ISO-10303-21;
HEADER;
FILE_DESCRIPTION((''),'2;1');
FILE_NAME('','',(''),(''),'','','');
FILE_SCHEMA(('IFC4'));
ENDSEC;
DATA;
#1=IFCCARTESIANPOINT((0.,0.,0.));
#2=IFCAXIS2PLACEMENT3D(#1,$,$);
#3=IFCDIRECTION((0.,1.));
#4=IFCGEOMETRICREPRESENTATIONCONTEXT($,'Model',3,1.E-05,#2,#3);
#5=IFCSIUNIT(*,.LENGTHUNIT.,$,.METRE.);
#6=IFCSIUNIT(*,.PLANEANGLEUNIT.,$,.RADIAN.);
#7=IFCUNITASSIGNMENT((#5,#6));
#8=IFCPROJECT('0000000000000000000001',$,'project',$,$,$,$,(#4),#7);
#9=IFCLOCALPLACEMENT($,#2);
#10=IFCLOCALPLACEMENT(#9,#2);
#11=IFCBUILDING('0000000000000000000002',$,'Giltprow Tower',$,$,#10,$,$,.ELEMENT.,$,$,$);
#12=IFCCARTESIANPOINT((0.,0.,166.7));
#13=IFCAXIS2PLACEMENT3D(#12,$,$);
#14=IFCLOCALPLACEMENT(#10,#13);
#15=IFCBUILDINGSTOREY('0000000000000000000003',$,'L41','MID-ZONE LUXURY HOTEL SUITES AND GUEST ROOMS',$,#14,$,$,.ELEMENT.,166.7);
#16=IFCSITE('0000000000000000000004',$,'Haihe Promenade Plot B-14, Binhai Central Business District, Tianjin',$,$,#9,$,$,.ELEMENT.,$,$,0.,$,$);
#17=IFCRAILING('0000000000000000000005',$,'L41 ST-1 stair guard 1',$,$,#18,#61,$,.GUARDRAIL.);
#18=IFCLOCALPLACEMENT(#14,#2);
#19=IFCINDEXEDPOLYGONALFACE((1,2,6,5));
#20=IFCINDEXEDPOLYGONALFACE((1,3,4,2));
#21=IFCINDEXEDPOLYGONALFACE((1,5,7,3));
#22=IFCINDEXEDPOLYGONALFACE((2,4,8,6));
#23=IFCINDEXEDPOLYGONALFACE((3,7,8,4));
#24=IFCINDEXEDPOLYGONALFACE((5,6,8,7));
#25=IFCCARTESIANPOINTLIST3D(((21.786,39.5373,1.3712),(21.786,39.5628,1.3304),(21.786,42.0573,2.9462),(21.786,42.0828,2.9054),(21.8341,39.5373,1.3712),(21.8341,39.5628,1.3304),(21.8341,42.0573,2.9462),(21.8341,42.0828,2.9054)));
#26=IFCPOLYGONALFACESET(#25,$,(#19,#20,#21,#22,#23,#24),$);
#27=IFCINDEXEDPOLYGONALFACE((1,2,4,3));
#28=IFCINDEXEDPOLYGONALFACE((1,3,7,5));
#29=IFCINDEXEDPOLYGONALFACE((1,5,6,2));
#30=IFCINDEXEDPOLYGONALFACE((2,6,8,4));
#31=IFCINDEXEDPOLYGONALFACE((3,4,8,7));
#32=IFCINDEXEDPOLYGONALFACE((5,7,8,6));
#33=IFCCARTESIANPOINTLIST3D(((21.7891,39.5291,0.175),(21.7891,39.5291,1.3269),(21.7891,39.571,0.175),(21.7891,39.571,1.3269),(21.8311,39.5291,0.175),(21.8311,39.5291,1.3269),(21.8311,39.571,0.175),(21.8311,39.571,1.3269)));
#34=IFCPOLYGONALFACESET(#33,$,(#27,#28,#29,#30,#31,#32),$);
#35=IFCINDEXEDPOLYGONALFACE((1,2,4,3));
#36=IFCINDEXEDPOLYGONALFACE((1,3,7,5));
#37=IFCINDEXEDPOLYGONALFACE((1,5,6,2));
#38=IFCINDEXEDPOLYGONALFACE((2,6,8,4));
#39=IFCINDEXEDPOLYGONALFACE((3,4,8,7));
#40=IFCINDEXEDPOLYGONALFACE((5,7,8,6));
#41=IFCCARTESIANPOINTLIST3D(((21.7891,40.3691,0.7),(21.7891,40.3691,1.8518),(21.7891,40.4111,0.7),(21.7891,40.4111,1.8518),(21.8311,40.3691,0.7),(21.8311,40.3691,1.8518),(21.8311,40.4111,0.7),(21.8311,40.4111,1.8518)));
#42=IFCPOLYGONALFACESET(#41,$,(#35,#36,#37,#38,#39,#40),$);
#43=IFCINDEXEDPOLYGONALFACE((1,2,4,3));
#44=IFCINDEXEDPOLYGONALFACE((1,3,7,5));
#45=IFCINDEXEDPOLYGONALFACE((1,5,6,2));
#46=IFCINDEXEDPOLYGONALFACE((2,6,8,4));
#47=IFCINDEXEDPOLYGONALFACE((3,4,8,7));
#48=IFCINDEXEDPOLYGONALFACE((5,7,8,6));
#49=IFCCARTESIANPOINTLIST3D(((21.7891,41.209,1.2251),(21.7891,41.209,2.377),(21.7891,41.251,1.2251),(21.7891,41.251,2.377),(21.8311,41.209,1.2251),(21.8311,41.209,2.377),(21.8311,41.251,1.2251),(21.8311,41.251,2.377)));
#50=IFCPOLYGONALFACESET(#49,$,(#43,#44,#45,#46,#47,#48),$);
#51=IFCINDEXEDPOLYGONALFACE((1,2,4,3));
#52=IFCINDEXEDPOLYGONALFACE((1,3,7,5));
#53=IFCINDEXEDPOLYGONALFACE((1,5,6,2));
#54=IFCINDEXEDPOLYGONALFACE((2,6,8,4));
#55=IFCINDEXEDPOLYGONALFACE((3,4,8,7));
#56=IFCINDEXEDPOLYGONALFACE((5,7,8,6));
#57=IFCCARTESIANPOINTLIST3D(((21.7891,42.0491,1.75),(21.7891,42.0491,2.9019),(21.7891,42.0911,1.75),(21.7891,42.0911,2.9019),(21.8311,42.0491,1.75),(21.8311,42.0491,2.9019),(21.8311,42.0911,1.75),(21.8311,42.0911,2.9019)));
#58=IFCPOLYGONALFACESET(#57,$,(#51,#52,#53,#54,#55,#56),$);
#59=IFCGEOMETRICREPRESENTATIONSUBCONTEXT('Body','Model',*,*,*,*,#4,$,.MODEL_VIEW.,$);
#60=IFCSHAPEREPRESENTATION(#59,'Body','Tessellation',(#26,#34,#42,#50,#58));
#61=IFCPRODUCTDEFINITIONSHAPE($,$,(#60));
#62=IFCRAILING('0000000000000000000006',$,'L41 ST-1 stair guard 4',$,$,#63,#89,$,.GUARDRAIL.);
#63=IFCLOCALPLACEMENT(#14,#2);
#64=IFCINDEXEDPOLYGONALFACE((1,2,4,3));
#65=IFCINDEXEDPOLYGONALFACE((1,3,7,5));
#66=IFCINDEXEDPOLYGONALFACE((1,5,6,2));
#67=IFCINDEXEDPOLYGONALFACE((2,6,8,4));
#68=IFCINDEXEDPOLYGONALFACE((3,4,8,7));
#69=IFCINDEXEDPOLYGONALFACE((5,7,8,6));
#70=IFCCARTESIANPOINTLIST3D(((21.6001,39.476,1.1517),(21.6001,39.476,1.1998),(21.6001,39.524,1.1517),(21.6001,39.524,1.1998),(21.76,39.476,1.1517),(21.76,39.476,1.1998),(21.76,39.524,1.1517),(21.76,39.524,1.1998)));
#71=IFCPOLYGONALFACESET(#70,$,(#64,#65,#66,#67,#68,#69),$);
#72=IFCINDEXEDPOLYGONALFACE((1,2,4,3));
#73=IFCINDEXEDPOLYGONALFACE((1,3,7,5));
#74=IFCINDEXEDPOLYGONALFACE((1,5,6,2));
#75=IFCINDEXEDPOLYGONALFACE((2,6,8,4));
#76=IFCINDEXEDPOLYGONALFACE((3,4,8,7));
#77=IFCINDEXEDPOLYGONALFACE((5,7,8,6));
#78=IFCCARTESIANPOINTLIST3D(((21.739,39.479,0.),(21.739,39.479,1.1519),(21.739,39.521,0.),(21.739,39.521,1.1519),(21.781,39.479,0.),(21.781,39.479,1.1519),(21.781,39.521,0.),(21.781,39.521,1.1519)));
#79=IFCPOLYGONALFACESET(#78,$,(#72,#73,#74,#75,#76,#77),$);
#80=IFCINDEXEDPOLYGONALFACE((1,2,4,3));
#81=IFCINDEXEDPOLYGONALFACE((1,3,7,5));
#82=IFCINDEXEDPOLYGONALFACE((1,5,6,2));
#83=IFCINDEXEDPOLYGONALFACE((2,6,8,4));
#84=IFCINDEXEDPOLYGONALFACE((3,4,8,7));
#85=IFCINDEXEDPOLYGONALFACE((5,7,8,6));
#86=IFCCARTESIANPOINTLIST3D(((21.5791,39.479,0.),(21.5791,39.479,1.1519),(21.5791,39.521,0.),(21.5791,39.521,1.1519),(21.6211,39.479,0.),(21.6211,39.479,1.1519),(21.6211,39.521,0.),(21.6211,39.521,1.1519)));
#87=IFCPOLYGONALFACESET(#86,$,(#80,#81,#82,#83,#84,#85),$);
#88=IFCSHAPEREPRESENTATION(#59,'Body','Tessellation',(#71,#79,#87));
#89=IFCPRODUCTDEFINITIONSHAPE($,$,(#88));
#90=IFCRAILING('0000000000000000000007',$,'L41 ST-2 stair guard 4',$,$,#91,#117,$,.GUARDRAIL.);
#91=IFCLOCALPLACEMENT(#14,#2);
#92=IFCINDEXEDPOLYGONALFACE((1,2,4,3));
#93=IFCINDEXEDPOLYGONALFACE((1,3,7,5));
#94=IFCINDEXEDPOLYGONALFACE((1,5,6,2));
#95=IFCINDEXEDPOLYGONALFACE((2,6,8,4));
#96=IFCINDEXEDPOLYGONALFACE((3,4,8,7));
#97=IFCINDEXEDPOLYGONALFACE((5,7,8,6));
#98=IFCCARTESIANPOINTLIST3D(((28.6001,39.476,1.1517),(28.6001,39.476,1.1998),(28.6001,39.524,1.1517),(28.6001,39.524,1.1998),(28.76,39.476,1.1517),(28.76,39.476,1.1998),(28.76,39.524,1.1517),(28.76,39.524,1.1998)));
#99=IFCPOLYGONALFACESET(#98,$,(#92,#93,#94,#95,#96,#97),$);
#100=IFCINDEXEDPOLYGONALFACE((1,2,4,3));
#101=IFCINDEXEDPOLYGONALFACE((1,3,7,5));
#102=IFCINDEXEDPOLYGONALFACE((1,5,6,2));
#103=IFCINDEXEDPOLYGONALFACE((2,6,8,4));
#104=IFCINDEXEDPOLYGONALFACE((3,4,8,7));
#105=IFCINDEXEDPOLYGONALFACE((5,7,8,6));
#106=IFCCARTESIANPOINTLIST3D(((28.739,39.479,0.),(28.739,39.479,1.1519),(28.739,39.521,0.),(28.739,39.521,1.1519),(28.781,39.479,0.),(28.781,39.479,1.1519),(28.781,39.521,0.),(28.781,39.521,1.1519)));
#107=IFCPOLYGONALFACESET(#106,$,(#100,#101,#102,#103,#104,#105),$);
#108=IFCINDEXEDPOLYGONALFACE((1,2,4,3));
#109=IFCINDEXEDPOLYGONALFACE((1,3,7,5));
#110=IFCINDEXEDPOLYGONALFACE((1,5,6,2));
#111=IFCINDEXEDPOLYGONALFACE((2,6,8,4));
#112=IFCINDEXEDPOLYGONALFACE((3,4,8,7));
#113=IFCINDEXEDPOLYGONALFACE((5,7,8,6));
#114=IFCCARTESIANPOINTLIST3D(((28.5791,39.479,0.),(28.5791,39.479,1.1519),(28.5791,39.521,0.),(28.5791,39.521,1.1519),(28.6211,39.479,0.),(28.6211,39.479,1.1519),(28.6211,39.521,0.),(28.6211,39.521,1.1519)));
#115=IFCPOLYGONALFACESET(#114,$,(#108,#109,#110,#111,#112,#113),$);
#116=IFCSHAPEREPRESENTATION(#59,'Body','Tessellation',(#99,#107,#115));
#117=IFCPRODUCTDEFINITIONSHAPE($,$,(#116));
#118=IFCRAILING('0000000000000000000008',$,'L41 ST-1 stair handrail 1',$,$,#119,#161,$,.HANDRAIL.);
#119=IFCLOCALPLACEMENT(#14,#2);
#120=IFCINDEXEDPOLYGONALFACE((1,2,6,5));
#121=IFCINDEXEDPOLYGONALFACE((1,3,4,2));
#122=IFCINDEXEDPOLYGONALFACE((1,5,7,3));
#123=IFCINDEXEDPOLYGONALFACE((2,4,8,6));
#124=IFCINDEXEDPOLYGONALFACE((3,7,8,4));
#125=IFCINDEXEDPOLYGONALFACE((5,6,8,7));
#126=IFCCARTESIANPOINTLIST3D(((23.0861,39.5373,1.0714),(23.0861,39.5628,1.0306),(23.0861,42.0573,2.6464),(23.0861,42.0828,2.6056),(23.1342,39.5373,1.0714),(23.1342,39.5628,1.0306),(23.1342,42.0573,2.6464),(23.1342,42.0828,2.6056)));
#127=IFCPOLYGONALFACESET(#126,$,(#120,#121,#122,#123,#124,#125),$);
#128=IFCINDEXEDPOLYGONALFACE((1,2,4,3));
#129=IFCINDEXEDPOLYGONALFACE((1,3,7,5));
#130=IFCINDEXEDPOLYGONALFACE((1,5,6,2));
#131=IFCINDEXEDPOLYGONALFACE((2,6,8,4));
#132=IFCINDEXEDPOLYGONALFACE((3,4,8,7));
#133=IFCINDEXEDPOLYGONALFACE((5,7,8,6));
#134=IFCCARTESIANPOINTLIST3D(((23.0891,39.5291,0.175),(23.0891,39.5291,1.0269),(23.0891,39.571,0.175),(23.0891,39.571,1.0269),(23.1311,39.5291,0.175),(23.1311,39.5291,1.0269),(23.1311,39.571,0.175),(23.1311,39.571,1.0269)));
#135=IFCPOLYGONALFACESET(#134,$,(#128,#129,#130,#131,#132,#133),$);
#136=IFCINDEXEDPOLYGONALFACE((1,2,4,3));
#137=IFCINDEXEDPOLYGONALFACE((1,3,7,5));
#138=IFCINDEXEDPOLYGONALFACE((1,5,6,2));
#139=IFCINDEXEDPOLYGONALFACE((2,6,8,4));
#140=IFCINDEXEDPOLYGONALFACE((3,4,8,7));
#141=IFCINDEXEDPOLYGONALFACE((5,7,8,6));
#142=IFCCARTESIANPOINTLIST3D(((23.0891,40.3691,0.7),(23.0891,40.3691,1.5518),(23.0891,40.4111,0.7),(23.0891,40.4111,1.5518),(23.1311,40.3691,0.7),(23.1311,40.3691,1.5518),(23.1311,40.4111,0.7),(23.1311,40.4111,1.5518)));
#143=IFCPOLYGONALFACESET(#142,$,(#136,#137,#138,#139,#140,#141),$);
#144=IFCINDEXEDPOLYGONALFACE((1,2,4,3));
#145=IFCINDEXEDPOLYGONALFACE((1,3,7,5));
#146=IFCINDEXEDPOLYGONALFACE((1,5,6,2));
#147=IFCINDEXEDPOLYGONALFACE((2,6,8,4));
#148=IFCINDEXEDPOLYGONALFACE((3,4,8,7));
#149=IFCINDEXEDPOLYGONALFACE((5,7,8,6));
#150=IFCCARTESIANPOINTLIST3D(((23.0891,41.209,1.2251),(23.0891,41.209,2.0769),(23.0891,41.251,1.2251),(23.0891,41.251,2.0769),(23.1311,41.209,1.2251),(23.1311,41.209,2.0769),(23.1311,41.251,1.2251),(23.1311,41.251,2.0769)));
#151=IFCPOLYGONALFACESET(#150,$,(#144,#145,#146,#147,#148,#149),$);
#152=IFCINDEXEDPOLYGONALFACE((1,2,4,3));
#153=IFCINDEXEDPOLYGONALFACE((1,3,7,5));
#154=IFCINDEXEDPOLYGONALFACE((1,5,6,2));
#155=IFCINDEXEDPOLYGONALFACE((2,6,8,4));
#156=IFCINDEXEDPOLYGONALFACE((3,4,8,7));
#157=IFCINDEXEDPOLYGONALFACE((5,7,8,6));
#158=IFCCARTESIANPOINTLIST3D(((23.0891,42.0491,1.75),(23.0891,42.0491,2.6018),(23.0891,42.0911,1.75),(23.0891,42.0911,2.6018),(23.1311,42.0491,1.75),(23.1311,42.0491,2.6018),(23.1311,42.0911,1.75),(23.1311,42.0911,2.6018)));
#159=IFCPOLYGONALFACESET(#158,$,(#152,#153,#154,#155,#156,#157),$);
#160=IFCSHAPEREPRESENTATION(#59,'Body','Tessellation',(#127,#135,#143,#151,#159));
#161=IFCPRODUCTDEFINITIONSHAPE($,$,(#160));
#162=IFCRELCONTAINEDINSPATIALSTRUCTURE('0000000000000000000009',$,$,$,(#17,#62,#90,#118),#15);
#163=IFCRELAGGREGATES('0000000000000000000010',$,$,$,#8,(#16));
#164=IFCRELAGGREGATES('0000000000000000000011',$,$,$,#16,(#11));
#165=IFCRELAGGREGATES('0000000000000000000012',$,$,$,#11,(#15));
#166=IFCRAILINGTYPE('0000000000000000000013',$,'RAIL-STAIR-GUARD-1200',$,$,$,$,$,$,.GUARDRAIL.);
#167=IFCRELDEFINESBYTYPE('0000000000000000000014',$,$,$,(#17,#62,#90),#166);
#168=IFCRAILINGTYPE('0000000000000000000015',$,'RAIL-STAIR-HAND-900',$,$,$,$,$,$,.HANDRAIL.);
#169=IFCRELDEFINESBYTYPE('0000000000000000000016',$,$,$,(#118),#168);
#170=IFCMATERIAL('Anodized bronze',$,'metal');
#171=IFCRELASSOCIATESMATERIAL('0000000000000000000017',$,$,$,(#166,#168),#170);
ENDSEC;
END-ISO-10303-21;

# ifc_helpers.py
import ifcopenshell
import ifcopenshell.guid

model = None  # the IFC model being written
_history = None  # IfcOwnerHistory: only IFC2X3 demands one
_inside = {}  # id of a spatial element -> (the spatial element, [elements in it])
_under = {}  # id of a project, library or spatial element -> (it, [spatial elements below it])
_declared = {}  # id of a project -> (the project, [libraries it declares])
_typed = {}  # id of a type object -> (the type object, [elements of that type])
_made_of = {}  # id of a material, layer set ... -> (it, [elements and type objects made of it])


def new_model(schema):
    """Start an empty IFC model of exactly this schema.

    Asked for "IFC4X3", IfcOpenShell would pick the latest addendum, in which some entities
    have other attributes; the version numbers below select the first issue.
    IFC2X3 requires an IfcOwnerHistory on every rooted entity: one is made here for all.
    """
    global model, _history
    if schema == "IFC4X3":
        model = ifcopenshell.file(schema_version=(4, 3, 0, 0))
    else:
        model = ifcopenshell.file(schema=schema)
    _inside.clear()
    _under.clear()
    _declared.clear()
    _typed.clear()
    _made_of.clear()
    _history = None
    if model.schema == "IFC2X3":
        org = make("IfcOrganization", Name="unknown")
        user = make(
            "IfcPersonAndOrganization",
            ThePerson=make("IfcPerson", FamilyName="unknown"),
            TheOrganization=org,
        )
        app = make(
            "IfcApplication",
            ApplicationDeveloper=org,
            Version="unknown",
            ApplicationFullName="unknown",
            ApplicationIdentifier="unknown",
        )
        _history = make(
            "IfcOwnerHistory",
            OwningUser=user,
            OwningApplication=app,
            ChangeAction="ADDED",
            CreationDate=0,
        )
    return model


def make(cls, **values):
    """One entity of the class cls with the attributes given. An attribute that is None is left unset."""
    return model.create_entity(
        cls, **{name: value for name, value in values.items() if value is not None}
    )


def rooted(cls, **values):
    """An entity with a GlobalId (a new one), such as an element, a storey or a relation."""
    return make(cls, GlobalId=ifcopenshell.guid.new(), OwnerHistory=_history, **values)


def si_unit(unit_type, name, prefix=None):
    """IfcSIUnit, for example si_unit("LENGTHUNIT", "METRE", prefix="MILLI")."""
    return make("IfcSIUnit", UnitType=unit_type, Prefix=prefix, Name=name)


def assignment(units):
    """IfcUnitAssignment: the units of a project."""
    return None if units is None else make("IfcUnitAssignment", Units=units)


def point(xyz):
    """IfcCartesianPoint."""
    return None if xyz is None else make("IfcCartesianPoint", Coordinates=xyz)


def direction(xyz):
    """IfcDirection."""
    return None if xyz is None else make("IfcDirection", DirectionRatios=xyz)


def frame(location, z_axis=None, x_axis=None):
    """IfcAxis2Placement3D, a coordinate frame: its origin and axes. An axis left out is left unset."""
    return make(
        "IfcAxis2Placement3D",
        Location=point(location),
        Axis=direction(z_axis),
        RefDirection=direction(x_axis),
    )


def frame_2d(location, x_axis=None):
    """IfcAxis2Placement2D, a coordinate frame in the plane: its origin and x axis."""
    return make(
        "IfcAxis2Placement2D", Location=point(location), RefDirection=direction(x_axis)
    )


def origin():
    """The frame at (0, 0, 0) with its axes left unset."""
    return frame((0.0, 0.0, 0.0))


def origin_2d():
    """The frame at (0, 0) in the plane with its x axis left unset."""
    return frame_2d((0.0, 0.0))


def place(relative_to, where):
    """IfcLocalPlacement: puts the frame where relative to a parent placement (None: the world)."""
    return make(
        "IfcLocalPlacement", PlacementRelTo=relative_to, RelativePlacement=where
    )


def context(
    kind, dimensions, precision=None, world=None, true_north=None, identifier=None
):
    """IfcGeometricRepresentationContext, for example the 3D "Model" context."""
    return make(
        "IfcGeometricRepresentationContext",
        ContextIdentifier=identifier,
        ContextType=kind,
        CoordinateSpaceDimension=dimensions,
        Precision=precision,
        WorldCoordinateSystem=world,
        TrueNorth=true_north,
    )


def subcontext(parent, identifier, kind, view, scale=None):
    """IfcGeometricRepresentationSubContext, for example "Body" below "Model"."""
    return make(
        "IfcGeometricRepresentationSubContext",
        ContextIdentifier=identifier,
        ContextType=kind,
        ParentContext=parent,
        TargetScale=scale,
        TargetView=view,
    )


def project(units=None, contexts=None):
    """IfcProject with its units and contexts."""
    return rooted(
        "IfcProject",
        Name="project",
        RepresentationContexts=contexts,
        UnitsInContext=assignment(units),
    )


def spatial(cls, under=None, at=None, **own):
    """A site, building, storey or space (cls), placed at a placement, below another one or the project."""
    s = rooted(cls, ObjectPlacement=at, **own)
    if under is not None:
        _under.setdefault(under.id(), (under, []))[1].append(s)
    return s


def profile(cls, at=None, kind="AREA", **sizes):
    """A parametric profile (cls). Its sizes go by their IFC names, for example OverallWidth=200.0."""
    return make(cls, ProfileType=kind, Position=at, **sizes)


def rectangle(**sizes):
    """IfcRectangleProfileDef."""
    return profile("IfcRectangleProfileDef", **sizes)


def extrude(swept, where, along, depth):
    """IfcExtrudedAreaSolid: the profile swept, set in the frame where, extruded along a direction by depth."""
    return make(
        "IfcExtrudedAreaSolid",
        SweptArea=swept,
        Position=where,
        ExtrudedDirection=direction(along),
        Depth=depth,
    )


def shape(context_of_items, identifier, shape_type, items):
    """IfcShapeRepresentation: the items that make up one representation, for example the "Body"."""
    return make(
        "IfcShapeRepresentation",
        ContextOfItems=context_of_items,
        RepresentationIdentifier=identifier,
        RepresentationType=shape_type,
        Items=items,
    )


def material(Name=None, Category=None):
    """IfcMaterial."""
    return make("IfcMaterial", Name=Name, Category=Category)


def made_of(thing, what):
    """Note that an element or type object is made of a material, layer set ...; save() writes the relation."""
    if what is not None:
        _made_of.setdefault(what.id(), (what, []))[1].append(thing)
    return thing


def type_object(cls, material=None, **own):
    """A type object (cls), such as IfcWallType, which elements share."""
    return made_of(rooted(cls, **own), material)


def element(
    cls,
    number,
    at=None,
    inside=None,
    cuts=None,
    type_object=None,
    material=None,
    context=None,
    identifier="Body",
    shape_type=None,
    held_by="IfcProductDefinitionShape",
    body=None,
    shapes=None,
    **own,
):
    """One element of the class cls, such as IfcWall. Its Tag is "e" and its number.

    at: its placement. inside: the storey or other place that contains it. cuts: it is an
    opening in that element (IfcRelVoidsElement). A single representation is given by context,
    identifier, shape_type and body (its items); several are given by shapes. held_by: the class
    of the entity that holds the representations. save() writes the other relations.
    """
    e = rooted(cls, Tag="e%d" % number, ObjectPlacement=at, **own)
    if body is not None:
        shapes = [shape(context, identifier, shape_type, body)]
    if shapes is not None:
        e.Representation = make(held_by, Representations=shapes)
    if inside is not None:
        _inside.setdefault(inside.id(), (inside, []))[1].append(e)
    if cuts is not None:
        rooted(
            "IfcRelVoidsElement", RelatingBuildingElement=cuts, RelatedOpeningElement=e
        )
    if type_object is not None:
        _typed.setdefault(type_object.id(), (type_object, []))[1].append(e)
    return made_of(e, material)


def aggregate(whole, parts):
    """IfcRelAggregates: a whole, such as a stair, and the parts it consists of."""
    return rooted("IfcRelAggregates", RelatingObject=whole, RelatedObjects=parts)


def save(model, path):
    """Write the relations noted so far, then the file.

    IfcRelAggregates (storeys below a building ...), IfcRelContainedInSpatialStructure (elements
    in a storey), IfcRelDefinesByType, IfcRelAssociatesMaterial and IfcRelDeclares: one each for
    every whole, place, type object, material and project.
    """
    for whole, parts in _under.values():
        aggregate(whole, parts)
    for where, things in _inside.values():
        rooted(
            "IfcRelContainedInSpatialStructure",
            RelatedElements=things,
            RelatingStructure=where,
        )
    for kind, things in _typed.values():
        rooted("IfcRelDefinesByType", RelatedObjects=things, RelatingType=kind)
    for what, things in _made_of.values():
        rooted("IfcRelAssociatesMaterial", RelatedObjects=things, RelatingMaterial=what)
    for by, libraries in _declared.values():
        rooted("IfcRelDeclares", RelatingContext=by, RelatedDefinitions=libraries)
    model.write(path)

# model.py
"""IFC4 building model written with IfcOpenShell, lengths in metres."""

from ifc_helpers import new_model, si_unit, direction, frame, origin, origin_2d, place, context, subcontext, project, spatial, rectangle, extrude, material, type_object, element, save


model = new_model("IFC4")

# Units and contexts
model_context = context("Model", 3, precision=1e-05, world=origin(), true_north=direction((0.0, 1.0)))
body_context = subcontext(model_context, "Body", "Model", "MODEL_VIEW")
ifc_project = project(units=[si_unit("LENGTHUNIT", "METRE"), si_unit("PLANEANGLEUNIT", "RADIAN")], contexts=[model_context])

# Site, building, storey
site_placement = place(None, origin())
site = spatial("IfcSite", under=ifc_project, at=site_placement, Name="Haihe Promenade Plot B-14, Binhai Central Business District, Tianjin", CompositionType="ELEMENT", RefElevation=0.0)
building_placement = place(site_placement, origin())
building = spatial("IfcBuilding", under=site, at=building_placement, Name="Giltprow Tower", CompositionType="ELEMENT")
storey_placement = place(building_placement, frame((0.0, 0.0, 166.7)))
storey = spatial("IfcBuildingStorey", under=building, at=storey_placement, Name="L41", Description="MID-ZONE LUXURY HOTEL SUITES AND GUEST ROOMS", CompositionType="ELEMENT", Elevation=166.7)

# Railings
ifc_material_1 = material(Name="Anodized bronze", Category="metal")
railing_type_1 = type_object("IfcRailingType", Name="RAIL-STAIR-GUARD-1200", PredefinedType="GUARDRAIL", material=ifc_material_1)
railing_1_placement = place(storey_placement, frame((21.8101, 39.55, 0.175)))
element("IfcRailing", 1, at=railing_1_placement, inside=storey, type_object=railing_type_1, Name="L41 ST-1 stair guard 1", PredefinedType="GUARDRAIL", context=body_context, shape_type="SweptSolid", body=[
    extrude(rectangle(XDim=0.0481, YDim=0.0481, at=origin_2d()), frame((0.0, 0.0, 1.1758), z_axis=(0.0, 0.848008, 0.529984), x_axis=(-1.0, 0.0, 0.0)), (0.0, 0.0, 1.0), 2.9717),
    extrude(rectangle(XDim=0.042, YDim=0.042, at=origin_2d()), origin(), (0.0, 0.0, 1.0), 1.1519),
    extrude(rectangle(XDim=0.042, YDim=0.042, at=origin_2d()), frame((0.0, 0.8401, 0.5249)), (0.0, 0.0, 1.0), 1.1519),
    extrude(rectangle(XDim=0.042, YDim=0.042, at=origin_2d()), frame((0.0, 1.6799, 1.05)), (0.0, 0.0, 1.0), 1.1519),
    extrude(rectangle(XDim=0.042, YDim=0.042, at=origin_2d()), frame((0.0, 2.52, 1.575)), (0.0, 0.0, 1.0), 1.1519),
])
for number, where, name in (
    (2, (21.76, 39.5, 0.0), "L41 ST-1 stair guard 4"),
    (3, (28.76, 39.5, 0.0), "L41 ST-2 stair guard 4"),
):
    element("IfcRailing", number, at=place(storey_placement, frame(where)), inside=storey, type_object=railing_type_1, Name=name, PredefinedType="GUARDRAIL", context=body_context, shape_type="SweptSolid", body=[
        extrude(rectangle(XDim=0.0481, YDim=0.0481, at=origin_2d()), frame((0.0, 0.0, 1.1758), z_axis=(-1.0, 0.0, 0.0), x_axis=(0.0, -1.0, 0.0)), (0.0, 0.0, 1.0), 0.1599),
        extrude(rectangle(XDim=0.042, YDim=0.042, at=origin_2d()), origin(), (0.0, 0.0, 1.0), 1.1519),
        extrude(rectangle(XDim=0.042, YDim=0.042, at=origin_2d()), frame((-0.1599, 0.0, 0.0)), (0.0, 0.0, 1.0), 1.1519),
    ])
railing_type_2 = type_object("IfcRailingType", Name="RAIL-STAIR-HAND-900", PredefinedType="HANDRAIL", material=ifc_material_1)
railing_2_placement = place(storey_placement, frame((23.1101, 39.55, 0.175)))
element("IfcRailing", 4, at=railing_2_placement, inside=storey, type_object=railing_type_2, Name="L41 ST-1 stair handrail 1", PredefinedType="HANDRAIL", context=body_context, shape_type="SweptSolid", body=[
    extrude(rectangle(XDim=0.0481, YDim=0.0481, at=origin_2d()), frame((0.0, 0.0, 0.876), z_axis=(0.0, 0.848008, 0.529984), x_axis=(-1.0, 0.0, 0.0)), (0.0, 0.0, 1.0), 2.9717),
    extrude(rectangle(XDim=0.042, YDim=0.042, at=origin_2d()), origin(), (0.0, 0.0, 1.0), 0.8518),
    extrude(rectangle(XDim=0.042, YDim=0.042, at=origin_2d()), frame((0.0, 0.8401, 0.5249)), (0.0, 0.0, 1.0), 0.8518),
    extrude(rectangle(XDim=0.042, YDim=0.042, at=origin_2d()), frame((0.0, 1.6799, 1.05)), (0.0, 0.0, 1.0), 0.8518),
    extrude(rectangle(XDim=0.042, YDim=0.042, at=origin_2d()), frame((0.0, 2.52, 1.575)), (0.0, 0.0, 1.0), 0.8518),
])

save(model, "model.ifc")
